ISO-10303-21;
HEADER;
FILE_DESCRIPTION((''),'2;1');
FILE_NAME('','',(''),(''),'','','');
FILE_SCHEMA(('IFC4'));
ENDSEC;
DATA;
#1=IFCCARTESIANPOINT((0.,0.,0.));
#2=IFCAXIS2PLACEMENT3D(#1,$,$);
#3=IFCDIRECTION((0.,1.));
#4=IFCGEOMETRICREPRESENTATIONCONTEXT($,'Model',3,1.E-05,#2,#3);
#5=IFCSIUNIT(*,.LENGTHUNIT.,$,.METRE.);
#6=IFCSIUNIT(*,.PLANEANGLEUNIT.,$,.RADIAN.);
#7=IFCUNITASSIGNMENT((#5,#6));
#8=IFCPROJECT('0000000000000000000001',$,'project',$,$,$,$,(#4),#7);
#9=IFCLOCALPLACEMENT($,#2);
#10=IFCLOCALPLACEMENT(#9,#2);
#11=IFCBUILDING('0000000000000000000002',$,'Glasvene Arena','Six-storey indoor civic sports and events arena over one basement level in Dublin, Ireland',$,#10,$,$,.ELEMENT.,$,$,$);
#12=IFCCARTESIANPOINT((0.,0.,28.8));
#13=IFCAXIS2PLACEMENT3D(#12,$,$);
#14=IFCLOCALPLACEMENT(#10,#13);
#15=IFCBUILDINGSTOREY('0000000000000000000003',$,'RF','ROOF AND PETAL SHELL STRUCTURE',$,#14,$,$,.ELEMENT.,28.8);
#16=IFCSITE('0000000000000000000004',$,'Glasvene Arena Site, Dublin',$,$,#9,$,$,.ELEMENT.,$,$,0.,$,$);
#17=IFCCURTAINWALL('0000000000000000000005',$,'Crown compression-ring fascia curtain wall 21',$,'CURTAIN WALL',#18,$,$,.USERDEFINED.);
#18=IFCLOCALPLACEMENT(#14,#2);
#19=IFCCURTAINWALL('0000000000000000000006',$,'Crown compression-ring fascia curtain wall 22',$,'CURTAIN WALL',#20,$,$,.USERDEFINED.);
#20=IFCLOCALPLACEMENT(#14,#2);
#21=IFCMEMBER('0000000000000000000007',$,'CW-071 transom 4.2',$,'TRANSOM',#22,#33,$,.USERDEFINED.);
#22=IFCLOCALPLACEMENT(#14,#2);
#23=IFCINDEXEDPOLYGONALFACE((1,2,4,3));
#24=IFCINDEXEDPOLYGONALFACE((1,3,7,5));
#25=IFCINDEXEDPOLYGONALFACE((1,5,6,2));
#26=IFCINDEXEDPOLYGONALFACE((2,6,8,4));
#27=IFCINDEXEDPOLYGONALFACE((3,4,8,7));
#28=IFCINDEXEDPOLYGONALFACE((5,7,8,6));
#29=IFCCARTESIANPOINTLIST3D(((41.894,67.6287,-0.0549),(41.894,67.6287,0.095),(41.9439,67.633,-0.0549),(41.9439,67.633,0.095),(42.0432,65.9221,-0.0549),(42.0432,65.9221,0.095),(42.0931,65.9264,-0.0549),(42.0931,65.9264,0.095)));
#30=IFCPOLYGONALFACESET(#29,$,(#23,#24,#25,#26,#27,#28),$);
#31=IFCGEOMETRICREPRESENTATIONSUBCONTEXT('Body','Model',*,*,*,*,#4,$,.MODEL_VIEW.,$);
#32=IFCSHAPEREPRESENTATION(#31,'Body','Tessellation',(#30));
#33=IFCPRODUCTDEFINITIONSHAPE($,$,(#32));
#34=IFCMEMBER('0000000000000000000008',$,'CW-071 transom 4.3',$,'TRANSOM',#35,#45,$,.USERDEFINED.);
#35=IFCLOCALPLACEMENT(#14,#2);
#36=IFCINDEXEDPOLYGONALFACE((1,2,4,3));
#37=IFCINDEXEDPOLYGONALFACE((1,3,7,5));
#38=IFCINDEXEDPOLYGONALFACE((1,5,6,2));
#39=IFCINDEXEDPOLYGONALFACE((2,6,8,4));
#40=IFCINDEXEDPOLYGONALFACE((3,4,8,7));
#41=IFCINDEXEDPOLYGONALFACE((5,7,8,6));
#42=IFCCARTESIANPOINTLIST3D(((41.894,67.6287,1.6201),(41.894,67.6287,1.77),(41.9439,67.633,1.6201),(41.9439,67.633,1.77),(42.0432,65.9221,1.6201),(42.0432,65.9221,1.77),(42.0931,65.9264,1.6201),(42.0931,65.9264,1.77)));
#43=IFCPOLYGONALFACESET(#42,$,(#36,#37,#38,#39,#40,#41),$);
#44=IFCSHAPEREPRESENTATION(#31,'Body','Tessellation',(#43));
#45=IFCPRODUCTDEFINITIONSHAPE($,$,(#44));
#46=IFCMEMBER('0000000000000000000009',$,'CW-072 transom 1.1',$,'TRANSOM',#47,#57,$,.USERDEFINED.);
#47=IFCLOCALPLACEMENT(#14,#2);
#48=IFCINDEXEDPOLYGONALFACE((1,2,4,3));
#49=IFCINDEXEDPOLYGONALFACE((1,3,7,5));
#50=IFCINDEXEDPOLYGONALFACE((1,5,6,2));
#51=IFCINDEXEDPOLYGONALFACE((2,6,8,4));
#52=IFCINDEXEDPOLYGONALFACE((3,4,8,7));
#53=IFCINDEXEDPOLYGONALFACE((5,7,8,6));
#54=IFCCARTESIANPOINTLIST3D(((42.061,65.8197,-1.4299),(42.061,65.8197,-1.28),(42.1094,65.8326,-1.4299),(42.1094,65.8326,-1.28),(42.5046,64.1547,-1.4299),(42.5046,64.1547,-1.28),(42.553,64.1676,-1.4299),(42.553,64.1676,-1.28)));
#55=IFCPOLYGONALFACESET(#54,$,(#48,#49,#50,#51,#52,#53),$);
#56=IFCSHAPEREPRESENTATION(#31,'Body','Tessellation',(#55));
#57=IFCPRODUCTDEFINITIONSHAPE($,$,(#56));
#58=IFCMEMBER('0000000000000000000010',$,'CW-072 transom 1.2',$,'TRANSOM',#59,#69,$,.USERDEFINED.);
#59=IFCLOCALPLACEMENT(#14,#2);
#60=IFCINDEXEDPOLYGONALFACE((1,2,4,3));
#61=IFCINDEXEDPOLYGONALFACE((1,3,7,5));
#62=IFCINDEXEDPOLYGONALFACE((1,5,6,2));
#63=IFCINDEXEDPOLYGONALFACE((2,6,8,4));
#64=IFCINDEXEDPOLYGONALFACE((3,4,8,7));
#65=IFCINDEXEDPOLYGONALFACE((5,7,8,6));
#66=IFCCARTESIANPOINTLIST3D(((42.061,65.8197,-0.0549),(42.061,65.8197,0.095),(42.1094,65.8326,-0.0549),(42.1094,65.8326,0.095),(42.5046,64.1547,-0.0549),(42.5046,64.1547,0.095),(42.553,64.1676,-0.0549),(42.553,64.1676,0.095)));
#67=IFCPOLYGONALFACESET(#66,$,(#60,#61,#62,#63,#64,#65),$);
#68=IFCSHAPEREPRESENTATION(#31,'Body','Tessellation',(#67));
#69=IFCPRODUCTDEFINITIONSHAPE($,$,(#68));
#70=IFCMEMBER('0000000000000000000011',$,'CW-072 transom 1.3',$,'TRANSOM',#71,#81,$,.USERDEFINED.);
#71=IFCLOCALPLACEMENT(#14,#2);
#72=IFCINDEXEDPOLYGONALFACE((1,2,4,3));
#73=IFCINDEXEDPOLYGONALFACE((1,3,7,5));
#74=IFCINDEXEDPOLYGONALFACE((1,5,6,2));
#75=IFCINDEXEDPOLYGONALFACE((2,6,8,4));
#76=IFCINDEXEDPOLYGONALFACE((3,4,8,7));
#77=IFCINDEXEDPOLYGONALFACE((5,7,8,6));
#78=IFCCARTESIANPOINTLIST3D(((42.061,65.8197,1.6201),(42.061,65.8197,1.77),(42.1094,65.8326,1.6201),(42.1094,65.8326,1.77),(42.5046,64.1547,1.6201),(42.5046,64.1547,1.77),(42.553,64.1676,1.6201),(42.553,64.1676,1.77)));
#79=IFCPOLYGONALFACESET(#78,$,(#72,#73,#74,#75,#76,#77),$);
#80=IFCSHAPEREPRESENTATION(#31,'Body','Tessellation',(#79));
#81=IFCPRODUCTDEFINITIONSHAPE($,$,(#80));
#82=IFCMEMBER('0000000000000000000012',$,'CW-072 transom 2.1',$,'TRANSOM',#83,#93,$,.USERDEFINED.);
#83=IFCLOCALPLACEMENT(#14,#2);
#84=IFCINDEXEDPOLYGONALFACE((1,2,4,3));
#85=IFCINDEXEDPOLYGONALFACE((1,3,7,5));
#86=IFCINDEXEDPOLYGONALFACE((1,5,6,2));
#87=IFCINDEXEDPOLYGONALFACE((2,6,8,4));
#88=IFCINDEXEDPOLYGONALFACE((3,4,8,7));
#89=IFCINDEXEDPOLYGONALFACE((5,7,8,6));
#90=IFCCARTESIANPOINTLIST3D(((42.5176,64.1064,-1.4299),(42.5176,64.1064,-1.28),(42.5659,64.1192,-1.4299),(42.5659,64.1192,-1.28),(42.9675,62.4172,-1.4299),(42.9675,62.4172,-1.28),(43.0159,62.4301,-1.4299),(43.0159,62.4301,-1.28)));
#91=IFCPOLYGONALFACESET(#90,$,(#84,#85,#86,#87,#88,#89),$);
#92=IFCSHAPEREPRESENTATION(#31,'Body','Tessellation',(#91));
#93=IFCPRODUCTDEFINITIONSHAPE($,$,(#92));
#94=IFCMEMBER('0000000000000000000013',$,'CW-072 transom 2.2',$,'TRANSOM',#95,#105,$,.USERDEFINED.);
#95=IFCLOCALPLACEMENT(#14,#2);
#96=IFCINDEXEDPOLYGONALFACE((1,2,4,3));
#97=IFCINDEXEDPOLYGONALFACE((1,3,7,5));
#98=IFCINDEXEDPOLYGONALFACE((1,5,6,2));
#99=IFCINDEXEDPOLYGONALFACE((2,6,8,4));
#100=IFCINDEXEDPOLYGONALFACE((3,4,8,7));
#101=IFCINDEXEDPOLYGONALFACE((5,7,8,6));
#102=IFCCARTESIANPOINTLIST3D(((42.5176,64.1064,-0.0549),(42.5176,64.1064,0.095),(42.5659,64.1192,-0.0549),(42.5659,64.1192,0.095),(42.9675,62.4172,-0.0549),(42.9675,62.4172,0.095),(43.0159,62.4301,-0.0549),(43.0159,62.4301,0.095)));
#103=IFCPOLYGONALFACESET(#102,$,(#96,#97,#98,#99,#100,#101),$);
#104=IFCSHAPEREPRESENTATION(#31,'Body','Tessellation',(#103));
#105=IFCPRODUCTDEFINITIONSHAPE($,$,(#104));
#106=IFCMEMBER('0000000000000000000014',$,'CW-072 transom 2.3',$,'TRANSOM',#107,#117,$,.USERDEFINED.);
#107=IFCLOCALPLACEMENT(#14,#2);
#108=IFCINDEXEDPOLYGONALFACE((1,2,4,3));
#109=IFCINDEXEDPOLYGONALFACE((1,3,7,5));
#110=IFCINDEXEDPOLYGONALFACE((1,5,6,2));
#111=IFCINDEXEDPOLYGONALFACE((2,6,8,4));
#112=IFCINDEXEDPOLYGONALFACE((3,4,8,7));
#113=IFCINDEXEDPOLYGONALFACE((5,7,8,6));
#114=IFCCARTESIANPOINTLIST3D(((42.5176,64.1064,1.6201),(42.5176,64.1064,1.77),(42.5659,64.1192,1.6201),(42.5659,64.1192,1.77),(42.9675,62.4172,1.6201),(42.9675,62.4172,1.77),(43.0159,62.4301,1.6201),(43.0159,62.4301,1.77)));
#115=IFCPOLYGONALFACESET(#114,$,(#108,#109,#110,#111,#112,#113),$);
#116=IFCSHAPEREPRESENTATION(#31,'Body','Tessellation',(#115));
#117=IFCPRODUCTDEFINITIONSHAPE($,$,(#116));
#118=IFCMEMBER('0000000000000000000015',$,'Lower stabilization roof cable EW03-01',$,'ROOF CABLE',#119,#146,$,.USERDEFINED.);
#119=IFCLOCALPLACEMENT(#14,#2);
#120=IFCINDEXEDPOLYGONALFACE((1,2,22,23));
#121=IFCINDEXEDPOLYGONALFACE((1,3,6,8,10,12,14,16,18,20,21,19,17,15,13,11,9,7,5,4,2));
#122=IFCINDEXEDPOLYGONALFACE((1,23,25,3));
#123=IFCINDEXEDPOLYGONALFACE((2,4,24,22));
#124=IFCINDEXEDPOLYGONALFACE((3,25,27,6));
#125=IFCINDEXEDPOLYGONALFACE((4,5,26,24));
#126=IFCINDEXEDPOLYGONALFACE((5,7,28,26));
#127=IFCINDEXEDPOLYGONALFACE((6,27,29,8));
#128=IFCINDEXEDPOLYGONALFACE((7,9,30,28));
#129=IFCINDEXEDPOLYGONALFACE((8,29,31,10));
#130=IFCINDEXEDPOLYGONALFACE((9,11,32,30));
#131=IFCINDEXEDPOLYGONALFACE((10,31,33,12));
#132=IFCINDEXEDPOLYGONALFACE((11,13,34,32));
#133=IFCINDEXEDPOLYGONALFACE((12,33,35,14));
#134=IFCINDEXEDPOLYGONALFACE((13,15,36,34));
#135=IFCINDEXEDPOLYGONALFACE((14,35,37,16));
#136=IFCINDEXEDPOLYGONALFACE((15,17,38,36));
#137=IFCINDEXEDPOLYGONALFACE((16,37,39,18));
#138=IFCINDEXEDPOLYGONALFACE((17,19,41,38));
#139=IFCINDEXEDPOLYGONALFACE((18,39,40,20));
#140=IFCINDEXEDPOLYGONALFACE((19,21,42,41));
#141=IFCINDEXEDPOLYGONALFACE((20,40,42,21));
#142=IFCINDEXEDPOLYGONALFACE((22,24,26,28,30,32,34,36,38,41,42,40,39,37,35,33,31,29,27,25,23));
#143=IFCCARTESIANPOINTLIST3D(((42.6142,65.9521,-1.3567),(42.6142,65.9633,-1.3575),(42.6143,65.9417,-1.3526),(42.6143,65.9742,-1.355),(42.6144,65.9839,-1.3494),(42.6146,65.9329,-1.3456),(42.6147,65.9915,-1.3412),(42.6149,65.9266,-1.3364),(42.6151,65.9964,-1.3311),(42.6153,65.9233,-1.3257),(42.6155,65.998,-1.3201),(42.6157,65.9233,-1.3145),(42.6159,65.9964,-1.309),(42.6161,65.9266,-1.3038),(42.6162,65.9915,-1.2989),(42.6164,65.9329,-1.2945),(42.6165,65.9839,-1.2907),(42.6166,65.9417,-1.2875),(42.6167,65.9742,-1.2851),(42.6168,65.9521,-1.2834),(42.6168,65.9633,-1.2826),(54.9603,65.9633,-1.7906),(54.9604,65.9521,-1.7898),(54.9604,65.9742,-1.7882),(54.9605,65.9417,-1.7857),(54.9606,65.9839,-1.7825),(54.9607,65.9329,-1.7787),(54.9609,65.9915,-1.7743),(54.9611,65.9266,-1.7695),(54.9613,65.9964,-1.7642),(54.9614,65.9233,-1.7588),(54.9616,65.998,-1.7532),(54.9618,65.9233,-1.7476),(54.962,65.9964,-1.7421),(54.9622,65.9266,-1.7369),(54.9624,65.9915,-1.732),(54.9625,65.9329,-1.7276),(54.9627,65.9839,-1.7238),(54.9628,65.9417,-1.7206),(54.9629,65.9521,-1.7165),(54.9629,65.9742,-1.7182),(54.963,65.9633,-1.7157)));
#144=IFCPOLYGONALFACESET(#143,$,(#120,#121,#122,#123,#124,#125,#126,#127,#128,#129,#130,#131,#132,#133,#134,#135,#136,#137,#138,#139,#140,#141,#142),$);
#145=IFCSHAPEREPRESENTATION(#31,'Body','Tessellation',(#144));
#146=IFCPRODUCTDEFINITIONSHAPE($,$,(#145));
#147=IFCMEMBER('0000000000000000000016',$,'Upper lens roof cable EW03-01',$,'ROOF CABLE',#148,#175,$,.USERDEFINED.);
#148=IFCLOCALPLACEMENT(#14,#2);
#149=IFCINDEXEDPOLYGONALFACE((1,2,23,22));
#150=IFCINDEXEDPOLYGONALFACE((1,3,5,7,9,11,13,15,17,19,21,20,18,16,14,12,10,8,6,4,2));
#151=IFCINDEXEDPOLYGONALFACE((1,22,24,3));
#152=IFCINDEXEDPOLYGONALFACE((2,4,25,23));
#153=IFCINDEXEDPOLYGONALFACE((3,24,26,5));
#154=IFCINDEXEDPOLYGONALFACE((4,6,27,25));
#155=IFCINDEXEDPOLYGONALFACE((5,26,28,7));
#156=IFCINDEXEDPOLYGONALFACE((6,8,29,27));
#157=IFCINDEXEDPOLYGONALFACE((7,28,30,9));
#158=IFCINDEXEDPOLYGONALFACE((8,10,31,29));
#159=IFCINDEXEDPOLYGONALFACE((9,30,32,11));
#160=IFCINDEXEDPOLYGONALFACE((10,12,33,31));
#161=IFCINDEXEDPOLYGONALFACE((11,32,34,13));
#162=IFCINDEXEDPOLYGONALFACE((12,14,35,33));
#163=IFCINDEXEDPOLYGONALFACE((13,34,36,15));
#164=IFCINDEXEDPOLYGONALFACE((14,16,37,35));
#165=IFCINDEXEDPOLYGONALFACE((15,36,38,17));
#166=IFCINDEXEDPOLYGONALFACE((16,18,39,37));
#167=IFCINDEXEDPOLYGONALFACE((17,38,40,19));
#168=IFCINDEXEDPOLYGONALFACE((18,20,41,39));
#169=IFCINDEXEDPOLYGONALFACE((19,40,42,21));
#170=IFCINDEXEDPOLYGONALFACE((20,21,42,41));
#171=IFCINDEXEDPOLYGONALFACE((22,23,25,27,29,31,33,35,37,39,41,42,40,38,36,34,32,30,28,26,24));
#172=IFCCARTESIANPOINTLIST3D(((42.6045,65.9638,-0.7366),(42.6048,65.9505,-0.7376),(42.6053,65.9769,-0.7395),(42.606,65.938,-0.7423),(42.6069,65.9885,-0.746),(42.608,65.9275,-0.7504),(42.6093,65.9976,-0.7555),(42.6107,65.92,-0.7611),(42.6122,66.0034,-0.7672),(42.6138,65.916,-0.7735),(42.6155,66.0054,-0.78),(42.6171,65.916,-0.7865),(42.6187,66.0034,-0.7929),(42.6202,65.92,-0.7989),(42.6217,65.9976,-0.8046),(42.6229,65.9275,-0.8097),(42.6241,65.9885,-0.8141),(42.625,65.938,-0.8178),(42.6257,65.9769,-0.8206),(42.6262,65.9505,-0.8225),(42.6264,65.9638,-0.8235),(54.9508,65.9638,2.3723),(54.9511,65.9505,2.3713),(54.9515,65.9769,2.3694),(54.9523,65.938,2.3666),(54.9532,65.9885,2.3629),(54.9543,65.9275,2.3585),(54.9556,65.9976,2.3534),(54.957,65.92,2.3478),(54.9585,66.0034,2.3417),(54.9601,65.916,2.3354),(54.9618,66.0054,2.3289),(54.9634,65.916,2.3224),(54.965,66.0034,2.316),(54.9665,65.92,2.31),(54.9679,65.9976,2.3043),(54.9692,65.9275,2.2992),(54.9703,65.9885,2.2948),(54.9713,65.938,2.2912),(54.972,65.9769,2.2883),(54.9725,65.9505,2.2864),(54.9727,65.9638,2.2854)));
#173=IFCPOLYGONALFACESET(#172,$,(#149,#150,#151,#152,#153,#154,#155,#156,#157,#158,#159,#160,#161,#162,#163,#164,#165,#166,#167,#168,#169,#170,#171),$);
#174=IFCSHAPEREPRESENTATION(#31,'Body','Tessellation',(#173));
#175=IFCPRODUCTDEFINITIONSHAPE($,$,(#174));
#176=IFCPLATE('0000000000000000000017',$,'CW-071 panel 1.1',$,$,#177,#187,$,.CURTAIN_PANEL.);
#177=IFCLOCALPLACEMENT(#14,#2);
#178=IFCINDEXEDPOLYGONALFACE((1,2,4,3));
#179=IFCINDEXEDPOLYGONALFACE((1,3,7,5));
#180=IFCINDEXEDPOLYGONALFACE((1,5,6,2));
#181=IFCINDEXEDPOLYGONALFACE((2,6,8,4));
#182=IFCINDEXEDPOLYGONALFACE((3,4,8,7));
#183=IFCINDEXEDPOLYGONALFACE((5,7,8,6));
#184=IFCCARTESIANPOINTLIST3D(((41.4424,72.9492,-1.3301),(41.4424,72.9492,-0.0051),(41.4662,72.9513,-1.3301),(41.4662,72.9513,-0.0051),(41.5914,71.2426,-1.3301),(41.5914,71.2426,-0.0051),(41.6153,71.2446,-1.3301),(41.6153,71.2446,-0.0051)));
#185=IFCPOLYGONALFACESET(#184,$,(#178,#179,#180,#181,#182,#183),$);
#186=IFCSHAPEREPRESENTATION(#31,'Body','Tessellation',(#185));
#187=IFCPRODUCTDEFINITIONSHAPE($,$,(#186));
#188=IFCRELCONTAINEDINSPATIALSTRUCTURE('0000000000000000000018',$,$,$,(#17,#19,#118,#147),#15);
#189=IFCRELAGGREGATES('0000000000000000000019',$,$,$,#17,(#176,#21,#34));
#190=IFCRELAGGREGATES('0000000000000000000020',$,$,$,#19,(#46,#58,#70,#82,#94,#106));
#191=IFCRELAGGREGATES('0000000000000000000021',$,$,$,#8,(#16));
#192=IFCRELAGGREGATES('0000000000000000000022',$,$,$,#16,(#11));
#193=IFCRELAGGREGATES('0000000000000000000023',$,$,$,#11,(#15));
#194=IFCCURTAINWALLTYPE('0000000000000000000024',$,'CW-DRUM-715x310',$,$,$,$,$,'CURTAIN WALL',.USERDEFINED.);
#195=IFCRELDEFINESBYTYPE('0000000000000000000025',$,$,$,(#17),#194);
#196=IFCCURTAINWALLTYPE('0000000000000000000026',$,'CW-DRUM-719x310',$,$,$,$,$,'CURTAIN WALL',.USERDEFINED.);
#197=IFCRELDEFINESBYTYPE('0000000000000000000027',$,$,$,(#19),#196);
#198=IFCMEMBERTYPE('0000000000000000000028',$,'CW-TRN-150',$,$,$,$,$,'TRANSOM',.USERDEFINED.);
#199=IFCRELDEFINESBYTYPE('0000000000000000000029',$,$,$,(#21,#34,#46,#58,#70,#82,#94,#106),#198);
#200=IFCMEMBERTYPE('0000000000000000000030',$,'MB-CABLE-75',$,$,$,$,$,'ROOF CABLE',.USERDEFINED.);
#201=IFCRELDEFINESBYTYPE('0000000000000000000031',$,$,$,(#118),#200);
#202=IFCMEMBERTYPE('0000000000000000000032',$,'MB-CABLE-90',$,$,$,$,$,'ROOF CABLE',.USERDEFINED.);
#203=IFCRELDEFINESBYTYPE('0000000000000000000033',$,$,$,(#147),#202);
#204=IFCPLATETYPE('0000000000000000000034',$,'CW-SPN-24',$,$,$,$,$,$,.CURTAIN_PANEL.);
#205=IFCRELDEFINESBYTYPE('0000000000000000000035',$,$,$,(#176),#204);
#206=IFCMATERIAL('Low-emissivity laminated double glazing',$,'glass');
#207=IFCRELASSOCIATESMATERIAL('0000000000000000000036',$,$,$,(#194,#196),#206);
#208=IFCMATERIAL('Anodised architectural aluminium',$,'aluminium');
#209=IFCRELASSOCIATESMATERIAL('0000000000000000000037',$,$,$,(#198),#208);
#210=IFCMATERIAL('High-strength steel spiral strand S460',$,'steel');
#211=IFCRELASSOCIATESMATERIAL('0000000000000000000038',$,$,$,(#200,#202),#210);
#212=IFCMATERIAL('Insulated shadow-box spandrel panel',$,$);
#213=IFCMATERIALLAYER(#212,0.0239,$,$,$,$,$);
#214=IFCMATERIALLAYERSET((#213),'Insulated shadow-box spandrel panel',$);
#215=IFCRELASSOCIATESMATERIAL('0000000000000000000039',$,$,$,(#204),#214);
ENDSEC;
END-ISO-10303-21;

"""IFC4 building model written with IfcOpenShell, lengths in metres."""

from ifc_helpers import new_model, si_unit, direction, frame, origin, origin_2d, place, context, subcontext, project, spatial, rectangle, circle, extrude, material, layer, layer_set, material_profile, profile_set, type_object, element, aggregate, save


model = new_model("IFC4")

# Units and contexts
model_context = context("Model", 3, precision=1e-05, world=origin(), true_north=direction((0.0, 1.0)))
body_context = subcontext(model_context, "Body", "Model", "MODEL_VIEW")
ifc_project = project(units=[si_unit("LENGTHUNIT", "METRE"), si_unit("PLANEANGLEUNIT", "RADIAN")], contexts=[model_context])

# Site, building, storey
site_placement = place(None, origin())
site = spatial("IfcSite", under=ifc_project, at=site_placement, Name="Glasvene Arena Site, Dublin", CompositionType="ELEMENT", RefElevation=0.0)
building_placement = place(site_placement, origin())
building = spatial("IfcBuilding", under=site, at=building_placement, Name="Glasvene Arena", Description="Six-storey indoor civic sports and events arena over one basement level in Dublin, Ireland", CompositionType="ELEMENT")
storey_placement = place(building_placement, frame((0.0, 0.0, 28.8)))
storey = spatial("IfcBuildingStorey", under=building, at=storey_placement, Name="RF", Description="ROOF AND PETAL SHELL STRUCTURE", CompositionType="ELEMENT", Elevation=28.8)

# Curtain walls
ifc_material_1 = material(Name="Low-emissivity laminated double glazing", Category="glass")
curtain_wall_type_1 = type_object("IfcCurtainWallType", Name="CW-DRUM-715x310", ElementType="CURTAIN WALL", PredefinedType="USERDEFINED", material=ifc_material_1)
curtain_wall_1_placement = place(storey_placement, frame((41.45, 73.0, 0.0)))
curtain_wall_1 = element("IfcCurtainWall", 1, at=curtain_wall_1_placement, inside=storey, type_object=curtain_wall_type_1, Name="Crown compression-ring fascia curtain wall 21", ObjectType="CURTAIN WALL", PredefinedType="USERDEFINED")
ifc_material_2 = material(Name="Anodised architectural aluminium", Category="aluminium")
curtain_wall_type_2 = type_object("IfcCurtainWallType", Name="CW-DRUM-719x310", ElementType="CURTAIN WALL", PredefinedType="USERDEFINED", material=ifc_material_1)
curtain_wall_2_placement = place(storey_placement, frame((42.0725, 65.8745, 0.0)))
curtain_wall_2 = element("IfcCurtainWall", 2, at=curtain_wall_2_placement, inside=storey, type_object=curtain_wall_type_2, Name="Crown compression-ring fascia curtain wall 22", ObjectType="CURTAIN WALL", PredefinedType="USERDEFINED")

# Members
ifc_material_profile_1 = material_profile(ifc_material_2, rectangle(XDim=0.05, YDim=0.1499, at=origin_2d()), Name="ALU TRANSOM 50x150")
ifc_profile_set_1 = profile_set([ifc_material_profile_1], Name="Anodised architectural aluminium")
member_type_1 = type_object("IfcMemberType", Name="CW-TRN-150", ElementType="TRANSOM", PredefinedType="USERDEFINED", material=ifc_profile_set_1)
member_1_placement = place(storey_placement, frame((41.9189, 67.6309, 0.02), z_axis=(0.087079, -0.996201, 0.0), x_axis=(0.996201, 0.087079, 0.0)))
member_1 = element("IfcMember", 3, at=member_1_placement, type_object=member_type_1, Name="CW-071 transom 4.2", ObjectType="TRANSOM", PredefinedType="USERDEFINED", context=body_context, shape_type="SweptSolid", body=[
    extrude(rectangle(XDim=0.05, YDim=0.1499, at=origin_2d()), origin(), (0.0, 0.0, 1.0), 1.7131),
])
member_2_placement = place(storey_placement, frame((41.9189, 67.6309, 1.6951), z_axis=(0.087079, -0.996201, 0.0), x_axis=(0.996201, 0.087079, 0.0)))
member_2 = element("IfcMember", 4, at=member_2_placement, type_object=member_type_1, Name="CW-071 transom 4.3", ObjectType="TRANSOM", PredefinedType="USERDEFINED", context=body_context, shape_type="SweptSolid", body=[
    extrude(rectangle(XDim=0.05, YDim=0.1499, at=origin_2d()), origin(), (0.0, 0.0, 1.0), 1.7131),
])
member_3_placement = place(storey_placement, frame((42.0852, 65.8262, -1.355), z_axis=(0.257442, -0.966294, 0.0), x_axis=(0.966294, 0.257442, 0.0)))
member_3 = element("IfcMember", 5, at=member_3_placement, type_object=member_type_1, Name="CW-072 transom 1.1", ObjectType="TRANSOM", PredefinedType="USERDEFINED", context=body_context, shape_type="SweptSolid", body=[
    extrude(rectangle(XDim=0.05, YDim=0.1499, at=origin_2d()), origin(), (0.0, 0.0, 1.0), 1.7231),
])
member_4_placement = place(storey_placement, frame((42.0852, 65.8262, 0.02), z_axis=(0.257442, -0.966294, 0.0), x_axis=(0.966294, 0.257442, 0.0)))
member_4 = element("IfcMember", 6, at=member_4_placement, type_object=member_type_1, Name="CW-072 transom 1.2", ObjectType="TRANSOM", PredefinedType="USERDEFINED", context=body_context, shape_type="SweptSolid", body=[
    extrude(rectangle(XDim=0.05, YDim=0.1499, at=origin_2d()), origin(), (0.0, 0.0, 1.0), 1.7231),
])
member_5_placement = place(storey_placement, frame((42.0852, 65.8262, 1.6951), z_axis=(0.257442, -0.966294, 0.0), x_axis=(0.966294, 0.257442, 0.0)))
member_5 = element("IfcMember", 7, at=member_5_placement, type_object=member_type_1, Name="CW-072 transom 1.3", ObjectType="TRANSOM", PredefinedType="USERDEFINED", context=body_context, shape_type="SweptSolid", body=[
    extrude(rectangle(XDim=0.05, YDim=0.1499, at=origin_2d()), origin(), (0.0, 0.0, 1.0), 1.7231),
])
member_6_placement = place(storey_placement, frame((42.5417, 64.1128, -1.355), z_axis=(0.257393, -0.966307, 0.0), x_axis=(0.966307, 0.257393, 0.0)))
member_6 = element("IfcMember", 8, at=member_6_placement, type_object=member_type_1, Name="CW-072 transom 2.1", ObjectType="TRANSOM", PredefinedType="USERDEFINED", context=body_context, shape_type="SweptSolid", body=[
    extrude(rectangle(XDim=0.05, YDim=0.1499, at=origin_2d()), origin(), (0.0, 0.0, 1.0), 1.748),
])
member_7_placement = place(storey_placement, frame((42.5417, 64.1128, 0.02), z_axis=(0.257393, -0.966307, 0.0), x_axis=(0.966307, 0.257393, 0.0)))
member_7 = element("IfcMember", 9, at=member_7_placement, type_object=member_type_1, Name="CW-072 transom 2.2", ObjectType="TRANSOM", PredefinedType="USERDEFINED", context=body_context, shape_type="SweptSolid", body=[
    extrude(rectangle(XDim=0.05, YDim=0.1499, at=origin_2d()), origin(), (0.0, 0.0, 1.0), 1.748),
])
member_8_placement = place(storey_placement, frame((42.5417, 64.1128, 1.6951), z_axis=(0.257393, -0.966307, 0.0), x_axis=(0.966307, 0.257393, 0.0)))
member_8 = element("IfcMember", 10, at=member_8_placement, type_object=member_type_1, Name="CW-072 transom 2.3", ObjectType="TRANSOM", PredefinedType="USERDEFINED", context=body_context, shape_type="SweptSolid", body=[
    extrude(rectangle(XDim=0.05, YDim=0.1499, at=origin_2d()), origin(), (0.0, 0.0, 1.0), 1.748),
])

# Members
ifc_material_3 = material(Name="High-strength steel spiral strand S460", Category="steel")
ifc_material_profile_2 = material_profile(ifc_material_3, circle(Radius=0.0376, at=origin_2d()), Name="LCSS D75")
ifc_profile_set_2 = profile_set([ifc_material_profile_2], Name="High-strength steel spiral strand S460")
member_type_2 = type_object("IfcMemberType", Name="MB-CABLE-75", ElementType="ROOF CABLE", PredefinedType="USERDEFINED", material=ifc_profile_set_2)
member_9_placement = place(storey_placement, frame((42.6155, 65.9604, -1.3201), z_axis=(0.999385, 0.0, -0.035059), x_axis=(0.0, 1.0, 0.0)))
element("IfcMember", 11, at=member_9_placement, inside=storey, type_object=member_type_2, Name="Lower stabilization roof cable EW03-01", ObjectType="ROOF CABLE", PredefinedType="USERDEFINED", context=body_context, shape_type="SweptSolid", body=[
    extrude(circle(Radius=0.0376, at=origin_2d()), origin(), (0.0, 0.0, 1.0), 12.3538),
])
ifc_material_profile_3 = material_profile(ifc_material_3, circle(Radius=0.0449, at=origin_2d()), Name="LCSS D90")
ifc_profile_set_3 = profile_set([ifc_material_profile_3], Name="High-strength steel spiral strand S460")
member_type_3 = type_object("IfcMemberType", Name="MB-CABLE-90", ElementType="ROOF CABLE", PredefinedType="USERDEFINED", material=ifc_profile_set_3)
member_10_placement = place(storey_placement, frame((42.6155, 65.9604, -0.78), z_axis=(0.969728, 0.0, 0.244187), x_axis=(0.0, 1.0, 0.0)))
element("IfcMember", 12, at=member_10_placement, inside=storey, type_object=member_type_3, Name="Upper lens roof cable EW03-01", ObjectType="ROOF CABLE", PredefinedType="USERDEFINED", context=body_context, shape_type="SweptSolid", body=[
    extrude(circle(Radius=0.0449, at=origin_2d()), origin(), (0.0, 0.0, 1.0), 12.7317),
])

# Plate
ifc_material_4 = material(Name="Insulated shadow-box spandrel panel")
ifc_layer_1 = layer(ifc_material_4, 0.0239)
ifc_layer_set_1 = layer_set([ifc_layer_1], Name="Insulated shadow-box spandrel panel")
plate_type_1 = type_object("IfcPlateType", Name="CW-SPN-24", PredefinedType="CURTAIN_PANEL", material=ifc_layer_set_1)
plate_1_placement = place(storey_placement, frame((41.5288, 72.0969, -1.3301), z_axis=(0.0, 0.0, 1.0), x_axis=(0.087016, -0.996207, 0.0)))
plate_1 = element("IfcPlate", 13, at=plate_1_placement, type_object=plate_type_1, Name="CW-071 panel 1.1", PredefinedType="CURTAIN_PANEL", context=body_context, shape_type="SweptSolid", body=[
    extrude(rectangle(XDim=1.7131, YDim=0.0239, at=origin_2d()), origin(), (0.0, 0.0, 1.0), 1.325),
])
aggregate(curtain_wall_1, [plate_1, member_1, member_2])
aggregate(curtain_wall_2, [member_3, member_4, member_5, member_6, member_7, member_8])

save(model, "model.ifc")
